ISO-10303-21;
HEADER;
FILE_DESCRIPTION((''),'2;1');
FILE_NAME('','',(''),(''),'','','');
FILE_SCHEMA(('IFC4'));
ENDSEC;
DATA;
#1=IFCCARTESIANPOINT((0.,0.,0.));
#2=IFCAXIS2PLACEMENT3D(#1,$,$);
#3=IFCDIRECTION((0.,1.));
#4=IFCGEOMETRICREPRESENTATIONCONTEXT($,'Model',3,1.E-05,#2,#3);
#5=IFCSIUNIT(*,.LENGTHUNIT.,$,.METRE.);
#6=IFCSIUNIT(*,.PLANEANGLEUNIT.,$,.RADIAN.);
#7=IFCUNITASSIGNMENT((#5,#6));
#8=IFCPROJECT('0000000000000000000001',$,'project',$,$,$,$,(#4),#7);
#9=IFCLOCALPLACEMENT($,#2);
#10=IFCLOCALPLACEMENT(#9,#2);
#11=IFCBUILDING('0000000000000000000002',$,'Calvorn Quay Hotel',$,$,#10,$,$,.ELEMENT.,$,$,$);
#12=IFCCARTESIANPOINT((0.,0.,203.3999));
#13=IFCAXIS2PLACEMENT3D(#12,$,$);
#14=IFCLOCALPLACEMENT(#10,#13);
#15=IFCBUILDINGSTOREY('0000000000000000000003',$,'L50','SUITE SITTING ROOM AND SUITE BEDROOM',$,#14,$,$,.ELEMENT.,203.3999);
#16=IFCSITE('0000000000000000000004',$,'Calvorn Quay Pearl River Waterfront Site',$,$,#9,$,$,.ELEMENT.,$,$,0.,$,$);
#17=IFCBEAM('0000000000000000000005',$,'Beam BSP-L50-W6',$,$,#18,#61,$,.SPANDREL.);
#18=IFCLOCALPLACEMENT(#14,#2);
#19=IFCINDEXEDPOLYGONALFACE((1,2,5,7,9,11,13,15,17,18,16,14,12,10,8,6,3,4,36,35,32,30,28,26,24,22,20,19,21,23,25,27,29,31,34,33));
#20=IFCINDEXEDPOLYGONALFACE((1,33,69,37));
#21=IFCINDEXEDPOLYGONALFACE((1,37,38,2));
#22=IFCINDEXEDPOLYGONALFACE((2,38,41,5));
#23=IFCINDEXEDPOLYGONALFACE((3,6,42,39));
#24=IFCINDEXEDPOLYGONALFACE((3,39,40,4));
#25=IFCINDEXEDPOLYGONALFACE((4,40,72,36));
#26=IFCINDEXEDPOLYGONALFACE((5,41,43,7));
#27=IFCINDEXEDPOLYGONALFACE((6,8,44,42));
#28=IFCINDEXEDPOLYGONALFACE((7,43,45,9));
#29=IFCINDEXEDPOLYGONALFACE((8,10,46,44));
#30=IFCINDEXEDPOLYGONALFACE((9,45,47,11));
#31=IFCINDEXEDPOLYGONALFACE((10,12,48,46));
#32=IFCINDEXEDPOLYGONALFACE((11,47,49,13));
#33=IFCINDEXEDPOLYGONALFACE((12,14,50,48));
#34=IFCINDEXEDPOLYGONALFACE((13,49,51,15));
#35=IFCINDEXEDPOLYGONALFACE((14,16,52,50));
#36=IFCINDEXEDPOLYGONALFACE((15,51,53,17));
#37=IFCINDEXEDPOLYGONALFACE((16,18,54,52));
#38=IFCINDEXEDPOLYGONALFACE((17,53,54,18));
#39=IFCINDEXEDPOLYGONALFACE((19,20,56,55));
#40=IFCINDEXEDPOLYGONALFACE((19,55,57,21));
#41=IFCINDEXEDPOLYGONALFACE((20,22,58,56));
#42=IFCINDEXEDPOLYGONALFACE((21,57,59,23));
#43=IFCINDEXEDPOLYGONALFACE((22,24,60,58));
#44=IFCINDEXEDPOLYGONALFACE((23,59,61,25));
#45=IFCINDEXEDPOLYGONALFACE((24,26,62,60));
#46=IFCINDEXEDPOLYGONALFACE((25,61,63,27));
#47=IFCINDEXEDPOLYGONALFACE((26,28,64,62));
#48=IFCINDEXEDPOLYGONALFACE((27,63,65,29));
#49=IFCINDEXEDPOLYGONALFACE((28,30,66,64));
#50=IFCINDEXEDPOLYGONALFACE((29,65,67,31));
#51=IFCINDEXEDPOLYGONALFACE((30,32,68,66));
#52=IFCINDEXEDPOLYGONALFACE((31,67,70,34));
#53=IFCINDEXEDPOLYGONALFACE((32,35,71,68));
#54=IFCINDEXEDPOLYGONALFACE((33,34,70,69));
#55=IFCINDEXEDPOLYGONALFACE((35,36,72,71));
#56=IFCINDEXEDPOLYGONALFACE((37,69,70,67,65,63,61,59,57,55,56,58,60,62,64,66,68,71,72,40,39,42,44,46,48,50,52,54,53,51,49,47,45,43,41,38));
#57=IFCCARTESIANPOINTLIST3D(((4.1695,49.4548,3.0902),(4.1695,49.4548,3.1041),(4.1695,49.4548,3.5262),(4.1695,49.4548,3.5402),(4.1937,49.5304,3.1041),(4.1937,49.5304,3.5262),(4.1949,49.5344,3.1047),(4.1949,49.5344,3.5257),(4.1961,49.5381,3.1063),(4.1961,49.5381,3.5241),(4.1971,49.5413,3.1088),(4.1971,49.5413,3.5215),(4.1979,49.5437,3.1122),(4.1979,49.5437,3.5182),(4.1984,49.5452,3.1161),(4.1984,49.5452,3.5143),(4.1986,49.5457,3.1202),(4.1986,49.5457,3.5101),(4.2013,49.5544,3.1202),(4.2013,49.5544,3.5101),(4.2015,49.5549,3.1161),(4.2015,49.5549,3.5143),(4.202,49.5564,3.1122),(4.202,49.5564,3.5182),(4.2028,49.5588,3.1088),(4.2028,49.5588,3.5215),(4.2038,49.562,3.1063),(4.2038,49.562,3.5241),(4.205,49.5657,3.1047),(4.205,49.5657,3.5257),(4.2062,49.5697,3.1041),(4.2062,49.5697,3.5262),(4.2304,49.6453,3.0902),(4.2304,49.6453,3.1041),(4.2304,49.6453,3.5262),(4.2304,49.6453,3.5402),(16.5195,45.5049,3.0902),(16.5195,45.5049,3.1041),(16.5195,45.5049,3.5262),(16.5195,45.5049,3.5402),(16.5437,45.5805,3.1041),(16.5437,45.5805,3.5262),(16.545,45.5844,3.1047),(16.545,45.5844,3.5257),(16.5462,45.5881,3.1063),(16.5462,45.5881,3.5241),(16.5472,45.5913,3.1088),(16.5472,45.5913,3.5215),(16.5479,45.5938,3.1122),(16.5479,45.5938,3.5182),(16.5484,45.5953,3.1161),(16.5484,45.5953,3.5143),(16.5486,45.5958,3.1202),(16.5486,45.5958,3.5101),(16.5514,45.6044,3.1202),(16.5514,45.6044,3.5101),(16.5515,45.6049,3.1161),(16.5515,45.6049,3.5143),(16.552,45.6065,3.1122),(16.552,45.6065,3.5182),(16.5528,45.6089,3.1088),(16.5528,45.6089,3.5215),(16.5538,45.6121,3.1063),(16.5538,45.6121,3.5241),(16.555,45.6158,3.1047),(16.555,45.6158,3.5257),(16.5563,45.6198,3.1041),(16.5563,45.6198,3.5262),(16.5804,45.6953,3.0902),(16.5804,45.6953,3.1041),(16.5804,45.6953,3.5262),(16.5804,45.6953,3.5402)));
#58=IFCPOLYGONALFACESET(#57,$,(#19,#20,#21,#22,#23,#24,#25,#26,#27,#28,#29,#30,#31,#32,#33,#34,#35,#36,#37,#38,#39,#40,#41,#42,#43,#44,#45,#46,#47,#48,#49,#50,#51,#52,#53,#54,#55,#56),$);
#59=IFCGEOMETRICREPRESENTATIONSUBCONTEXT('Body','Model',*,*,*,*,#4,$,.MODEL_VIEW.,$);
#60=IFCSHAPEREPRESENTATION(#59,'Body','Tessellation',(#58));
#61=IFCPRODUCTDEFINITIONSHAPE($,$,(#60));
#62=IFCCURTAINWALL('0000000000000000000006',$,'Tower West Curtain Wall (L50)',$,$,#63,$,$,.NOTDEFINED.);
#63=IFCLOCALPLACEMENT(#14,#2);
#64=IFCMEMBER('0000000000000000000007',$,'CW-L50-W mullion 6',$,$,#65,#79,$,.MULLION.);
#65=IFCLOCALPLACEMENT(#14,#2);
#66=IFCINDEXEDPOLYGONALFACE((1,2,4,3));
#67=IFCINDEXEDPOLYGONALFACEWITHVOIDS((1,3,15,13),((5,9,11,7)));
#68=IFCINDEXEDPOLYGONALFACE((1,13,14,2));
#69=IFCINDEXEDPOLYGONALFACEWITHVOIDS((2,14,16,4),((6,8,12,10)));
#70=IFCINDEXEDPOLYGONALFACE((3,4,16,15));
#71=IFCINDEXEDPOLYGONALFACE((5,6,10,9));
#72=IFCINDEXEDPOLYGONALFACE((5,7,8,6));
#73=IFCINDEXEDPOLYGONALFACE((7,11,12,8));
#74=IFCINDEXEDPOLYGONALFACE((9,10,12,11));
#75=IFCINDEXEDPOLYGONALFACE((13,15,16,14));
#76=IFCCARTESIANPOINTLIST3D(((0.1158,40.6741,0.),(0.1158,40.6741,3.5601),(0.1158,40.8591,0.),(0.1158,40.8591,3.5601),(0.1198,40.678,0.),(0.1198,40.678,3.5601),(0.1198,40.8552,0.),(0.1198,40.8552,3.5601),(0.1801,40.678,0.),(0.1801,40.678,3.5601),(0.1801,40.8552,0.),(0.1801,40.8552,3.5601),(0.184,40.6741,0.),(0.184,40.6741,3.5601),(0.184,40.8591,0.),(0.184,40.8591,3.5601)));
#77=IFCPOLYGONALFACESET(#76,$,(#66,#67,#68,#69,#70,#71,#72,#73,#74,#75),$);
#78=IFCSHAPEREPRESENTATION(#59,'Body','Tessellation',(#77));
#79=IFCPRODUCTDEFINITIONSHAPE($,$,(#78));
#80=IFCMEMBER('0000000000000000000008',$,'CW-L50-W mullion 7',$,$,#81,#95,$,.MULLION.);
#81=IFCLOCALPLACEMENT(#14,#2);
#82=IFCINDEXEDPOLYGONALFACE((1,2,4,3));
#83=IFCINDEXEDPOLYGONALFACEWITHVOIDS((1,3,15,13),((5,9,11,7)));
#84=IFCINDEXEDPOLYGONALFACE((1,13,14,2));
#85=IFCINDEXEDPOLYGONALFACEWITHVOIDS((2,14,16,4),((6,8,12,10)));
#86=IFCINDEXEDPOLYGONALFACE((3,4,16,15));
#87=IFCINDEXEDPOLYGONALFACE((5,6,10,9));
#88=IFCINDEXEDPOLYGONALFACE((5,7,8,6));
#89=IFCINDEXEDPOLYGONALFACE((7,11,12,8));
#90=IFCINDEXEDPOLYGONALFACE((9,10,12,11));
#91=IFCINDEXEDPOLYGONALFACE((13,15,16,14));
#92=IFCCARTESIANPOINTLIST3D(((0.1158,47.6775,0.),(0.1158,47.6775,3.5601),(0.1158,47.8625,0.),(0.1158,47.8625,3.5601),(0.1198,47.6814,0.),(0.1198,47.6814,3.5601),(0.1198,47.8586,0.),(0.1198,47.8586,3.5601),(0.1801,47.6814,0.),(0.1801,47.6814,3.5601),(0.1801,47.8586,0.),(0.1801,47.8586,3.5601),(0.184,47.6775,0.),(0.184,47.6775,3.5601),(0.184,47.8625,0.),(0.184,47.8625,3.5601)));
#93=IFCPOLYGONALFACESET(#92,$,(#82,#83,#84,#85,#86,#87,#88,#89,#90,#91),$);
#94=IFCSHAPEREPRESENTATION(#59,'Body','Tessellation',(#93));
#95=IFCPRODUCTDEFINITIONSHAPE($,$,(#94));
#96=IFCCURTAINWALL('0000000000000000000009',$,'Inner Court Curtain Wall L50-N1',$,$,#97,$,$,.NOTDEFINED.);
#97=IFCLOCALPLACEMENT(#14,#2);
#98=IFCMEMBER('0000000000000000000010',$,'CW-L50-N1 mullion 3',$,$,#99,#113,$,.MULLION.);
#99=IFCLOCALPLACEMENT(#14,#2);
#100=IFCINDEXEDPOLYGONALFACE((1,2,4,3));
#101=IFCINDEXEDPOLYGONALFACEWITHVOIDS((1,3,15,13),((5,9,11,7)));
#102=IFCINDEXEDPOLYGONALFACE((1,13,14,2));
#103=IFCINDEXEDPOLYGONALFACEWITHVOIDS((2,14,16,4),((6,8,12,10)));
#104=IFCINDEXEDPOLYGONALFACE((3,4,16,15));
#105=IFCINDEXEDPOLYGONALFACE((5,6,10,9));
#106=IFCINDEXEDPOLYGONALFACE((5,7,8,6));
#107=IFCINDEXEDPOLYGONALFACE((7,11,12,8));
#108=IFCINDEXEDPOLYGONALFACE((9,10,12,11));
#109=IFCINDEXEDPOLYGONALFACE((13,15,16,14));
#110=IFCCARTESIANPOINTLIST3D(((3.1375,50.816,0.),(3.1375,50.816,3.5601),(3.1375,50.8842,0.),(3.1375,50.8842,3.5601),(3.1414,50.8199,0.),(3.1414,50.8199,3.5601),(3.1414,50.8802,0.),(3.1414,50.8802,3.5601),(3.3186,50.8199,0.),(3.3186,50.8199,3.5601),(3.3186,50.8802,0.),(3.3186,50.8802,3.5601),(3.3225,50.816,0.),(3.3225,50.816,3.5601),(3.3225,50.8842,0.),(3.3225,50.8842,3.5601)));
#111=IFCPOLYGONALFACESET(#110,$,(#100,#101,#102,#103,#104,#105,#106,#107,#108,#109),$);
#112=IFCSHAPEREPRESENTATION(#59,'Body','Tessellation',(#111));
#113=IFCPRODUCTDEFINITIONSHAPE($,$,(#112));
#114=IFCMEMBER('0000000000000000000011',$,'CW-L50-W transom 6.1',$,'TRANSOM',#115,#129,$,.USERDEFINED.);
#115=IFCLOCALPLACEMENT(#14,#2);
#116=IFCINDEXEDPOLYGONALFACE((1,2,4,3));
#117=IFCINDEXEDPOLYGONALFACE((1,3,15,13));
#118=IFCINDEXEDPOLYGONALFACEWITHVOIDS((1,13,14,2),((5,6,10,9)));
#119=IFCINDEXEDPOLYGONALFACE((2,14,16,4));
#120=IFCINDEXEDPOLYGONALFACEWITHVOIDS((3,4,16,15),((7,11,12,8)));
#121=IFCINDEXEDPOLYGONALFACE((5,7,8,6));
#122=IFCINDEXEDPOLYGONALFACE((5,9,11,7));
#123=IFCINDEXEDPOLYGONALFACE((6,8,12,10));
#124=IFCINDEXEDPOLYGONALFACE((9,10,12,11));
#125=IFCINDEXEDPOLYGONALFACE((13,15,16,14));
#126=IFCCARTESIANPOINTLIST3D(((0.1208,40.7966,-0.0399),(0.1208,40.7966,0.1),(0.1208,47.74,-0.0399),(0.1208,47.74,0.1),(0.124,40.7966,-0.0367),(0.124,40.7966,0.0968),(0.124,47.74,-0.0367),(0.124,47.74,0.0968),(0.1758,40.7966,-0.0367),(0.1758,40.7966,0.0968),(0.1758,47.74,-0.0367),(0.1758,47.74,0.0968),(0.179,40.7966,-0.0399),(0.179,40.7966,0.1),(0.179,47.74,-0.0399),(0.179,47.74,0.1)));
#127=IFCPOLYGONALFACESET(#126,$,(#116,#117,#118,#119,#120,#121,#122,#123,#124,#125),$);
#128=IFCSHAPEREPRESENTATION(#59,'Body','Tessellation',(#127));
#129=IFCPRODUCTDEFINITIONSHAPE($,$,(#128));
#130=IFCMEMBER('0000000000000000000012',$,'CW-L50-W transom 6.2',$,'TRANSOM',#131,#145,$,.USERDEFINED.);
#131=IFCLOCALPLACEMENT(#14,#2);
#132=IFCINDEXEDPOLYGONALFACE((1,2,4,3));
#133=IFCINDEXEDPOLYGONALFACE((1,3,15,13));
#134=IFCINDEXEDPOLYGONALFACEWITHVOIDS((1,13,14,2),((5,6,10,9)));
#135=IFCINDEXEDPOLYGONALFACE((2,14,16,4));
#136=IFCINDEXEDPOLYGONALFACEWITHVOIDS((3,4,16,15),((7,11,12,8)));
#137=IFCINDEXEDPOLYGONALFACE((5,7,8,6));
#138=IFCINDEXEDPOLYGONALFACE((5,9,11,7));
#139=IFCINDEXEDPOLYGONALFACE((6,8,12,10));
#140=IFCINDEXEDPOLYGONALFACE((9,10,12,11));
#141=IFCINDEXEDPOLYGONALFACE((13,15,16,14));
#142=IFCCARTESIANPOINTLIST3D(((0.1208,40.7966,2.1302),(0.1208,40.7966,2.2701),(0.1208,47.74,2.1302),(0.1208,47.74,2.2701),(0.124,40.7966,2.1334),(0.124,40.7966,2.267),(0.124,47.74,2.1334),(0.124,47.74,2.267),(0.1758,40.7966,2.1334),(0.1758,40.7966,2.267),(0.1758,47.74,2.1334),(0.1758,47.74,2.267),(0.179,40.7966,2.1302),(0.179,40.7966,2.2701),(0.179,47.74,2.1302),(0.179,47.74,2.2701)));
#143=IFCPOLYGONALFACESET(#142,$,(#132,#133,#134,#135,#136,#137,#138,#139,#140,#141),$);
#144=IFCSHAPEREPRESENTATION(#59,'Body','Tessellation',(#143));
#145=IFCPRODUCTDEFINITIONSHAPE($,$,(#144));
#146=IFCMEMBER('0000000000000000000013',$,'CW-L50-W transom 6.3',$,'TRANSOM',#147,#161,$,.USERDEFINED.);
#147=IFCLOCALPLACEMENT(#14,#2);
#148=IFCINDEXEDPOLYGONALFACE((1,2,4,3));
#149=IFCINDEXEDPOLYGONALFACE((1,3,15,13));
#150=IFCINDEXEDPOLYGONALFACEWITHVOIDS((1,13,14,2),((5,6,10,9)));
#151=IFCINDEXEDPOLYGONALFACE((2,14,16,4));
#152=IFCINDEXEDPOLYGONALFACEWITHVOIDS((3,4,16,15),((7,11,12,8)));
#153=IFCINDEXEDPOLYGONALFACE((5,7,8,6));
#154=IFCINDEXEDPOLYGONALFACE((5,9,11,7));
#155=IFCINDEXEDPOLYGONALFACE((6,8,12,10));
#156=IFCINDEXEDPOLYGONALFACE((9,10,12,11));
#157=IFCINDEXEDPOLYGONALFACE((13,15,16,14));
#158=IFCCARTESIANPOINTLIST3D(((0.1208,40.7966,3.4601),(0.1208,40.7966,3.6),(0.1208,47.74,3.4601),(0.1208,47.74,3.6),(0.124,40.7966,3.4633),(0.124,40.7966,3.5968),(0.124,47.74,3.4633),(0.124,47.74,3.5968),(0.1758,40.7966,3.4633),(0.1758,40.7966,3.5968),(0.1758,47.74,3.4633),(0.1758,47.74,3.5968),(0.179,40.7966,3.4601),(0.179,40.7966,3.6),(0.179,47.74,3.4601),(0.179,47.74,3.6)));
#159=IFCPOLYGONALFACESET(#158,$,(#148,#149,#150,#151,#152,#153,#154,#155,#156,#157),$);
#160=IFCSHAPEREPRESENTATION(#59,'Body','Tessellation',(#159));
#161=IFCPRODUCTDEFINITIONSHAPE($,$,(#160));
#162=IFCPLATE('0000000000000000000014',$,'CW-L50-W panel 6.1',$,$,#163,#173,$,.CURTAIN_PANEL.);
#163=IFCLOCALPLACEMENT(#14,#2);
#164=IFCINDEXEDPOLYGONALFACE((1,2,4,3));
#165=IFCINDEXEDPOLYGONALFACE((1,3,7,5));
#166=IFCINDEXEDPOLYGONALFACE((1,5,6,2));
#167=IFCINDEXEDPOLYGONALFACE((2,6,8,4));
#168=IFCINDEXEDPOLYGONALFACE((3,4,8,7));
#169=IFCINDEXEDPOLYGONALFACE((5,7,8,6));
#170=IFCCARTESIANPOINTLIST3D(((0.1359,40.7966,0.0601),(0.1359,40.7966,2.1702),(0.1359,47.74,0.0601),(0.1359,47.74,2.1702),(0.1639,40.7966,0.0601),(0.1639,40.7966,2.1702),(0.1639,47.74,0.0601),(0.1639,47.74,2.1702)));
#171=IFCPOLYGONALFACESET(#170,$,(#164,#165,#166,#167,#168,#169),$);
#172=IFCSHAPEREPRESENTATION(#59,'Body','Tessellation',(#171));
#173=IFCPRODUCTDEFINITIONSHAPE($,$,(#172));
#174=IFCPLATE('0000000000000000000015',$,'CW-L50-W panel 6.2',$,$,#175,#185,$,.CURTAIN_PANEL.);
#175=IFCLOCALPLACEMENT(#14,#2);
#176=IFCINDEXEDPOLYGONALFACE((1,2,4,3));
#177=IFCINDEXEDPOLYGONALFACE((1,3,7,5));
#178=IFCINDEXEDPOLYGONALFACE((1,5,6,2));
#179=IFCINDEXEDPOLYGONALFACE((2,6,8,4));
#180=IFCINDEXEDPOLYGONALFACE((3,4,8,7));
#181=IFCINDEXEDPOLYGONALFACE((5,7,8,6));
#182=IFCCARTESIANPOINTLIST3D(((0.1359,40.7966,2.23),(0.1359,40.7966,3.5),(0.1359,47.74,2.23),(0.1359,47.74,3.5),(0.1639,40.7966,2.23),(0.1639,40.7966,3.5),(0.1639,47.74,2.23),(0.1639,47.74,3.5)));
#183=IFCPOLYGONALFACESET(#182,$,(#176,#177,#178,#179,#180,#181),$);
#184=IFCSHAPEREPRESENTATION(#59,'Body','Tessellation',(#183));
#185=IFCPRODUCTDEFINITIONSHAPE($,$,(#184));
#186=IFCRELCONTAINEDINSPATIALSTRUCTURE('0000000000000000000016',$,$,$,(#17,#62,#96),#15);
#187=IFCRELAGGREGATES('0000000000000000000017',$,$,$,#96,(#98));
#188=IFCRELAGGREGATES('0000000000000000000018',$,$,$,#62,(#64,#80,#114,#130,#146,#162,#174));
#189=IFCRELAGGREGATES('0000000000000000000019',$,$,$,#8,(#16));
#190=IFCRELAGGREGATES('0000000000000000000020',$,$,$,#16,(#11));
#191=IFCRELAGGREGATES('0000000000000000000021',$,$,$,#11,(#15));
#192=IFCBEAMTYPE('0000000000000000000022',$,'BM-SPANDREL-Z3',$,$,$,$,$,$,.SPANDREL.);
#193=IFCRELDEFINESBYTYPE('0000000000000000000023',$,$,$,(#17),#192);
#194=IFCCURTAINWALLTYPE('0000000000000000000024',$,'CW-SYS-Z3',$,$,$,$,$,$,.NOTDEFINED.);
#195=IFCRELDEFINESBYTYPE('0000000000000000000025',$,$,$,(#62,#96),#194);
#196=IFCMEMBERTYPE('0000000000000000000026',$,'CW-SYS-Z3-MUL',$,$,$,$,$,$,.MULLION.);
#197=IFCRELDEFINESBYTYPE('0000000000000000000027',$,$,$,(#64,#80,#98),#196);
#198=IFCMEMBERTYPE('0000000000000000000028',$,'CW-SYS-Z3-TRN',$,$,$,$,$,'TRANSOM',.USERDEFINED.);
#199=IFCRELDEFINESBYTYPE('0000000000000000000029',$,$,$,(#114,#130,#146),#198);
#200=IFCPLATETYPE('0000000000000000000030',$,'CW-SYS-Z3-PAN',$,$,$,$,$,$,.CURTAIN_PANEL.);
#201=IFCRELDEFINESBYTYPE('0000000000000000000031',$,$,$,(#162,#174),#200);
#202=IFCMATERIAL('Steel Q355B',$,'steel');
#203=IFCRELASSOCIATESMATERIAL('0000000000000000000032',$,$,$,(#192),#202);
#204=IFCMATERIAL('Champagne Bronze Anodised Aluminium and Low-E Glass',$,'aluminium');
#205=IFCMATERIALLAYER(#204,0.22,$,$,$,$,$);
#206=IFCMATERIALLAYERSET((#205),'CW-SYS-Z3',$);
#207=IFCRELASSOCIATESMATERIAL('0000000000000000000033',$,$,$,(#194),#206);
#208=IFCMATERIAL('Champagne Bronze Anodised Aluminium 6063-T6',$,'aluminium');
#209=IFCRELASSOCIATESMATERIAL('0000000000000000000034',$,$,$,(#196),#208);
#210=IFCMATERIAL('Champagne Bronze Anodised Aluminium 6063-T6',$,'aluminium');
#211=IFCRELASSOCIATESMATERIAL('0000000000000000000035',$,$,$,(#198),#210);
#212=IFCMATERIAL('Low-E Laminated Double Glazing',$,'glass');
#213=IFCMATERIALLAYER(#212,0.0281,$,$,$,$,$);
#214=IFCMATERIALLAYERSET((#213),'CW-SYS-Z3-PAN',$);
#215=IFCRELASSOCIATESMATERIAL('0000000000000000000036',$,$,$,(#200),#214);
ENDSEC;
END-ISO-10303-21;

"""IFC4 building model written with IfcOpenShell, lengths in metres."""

from ifc_helpers import new_model, si_unit, direction, frame, origin, origin_2d, place, context, subcontext, project, spatial, rectangle, hollow_rectangle, i_section, extrude, material, layer, layer_set, material_profile, profile_set, type_object, element, aggregate, save


model = new_model("IFC4")

# Units and contexts
model_context = context("Model", 3, precision=1e-05, world=origin(), true_north=direction((0.0, 1.0)))
body_context = subcontext(model_context, "Body", "Model", "MODEL_VIEW")
ifc_project = project(units=[si_unit("LENGTHUNIT", "METRE"), si_unit("PLANEANGLEUNIT", "RADIAN")], contexts=[model_context])

# Site, building, storey
site_placement = place(None, origin())
site = spatial("IfcSite", under=ifc_project, at=site_placement, Name="Calvorn Quay Pearl River Waterfront Site", CompositionType="ELEMENT", RefElevation=0.0)
building_placement = place(site_placement, origin())
building = spatial("IfcBuilding", under=site, at=building_placement, Name="Calvorn Quay Hotel", CompositionType="ELEMENT")
storey_placement = place(building_placement, frame((0.0, 0.0, 203.3999)))
storey = spatial("IfcBuildingStorey", under=building, at=storey_placement, Name="L50", Description="SUITE SITTING ROOM AND SUITE BEDROOM", CompositionType="ELEMENT", Elevation=203.3999)

# Beam
ifc_material_1 = material(Name="Steel Q355B", Category="steel")
ifc_material_profile_1 = material_profile(ifc_material_1, i_section(OverallWidth=0.2, OverallDepth=0.45, WebThickness=0.009, FlangeThickness=0.0139, FilletRadius=0.0161, at=origin_2d()), Name="HN450x200x9x14")
ifc_profile_set_1 = profile_set([ifc_material_profile_1], Name="Steel Q355B")
beam_type_1 = type_object("IfcBeamType", Name="BM-SPANDREL-Z3", PredefinedType="SPANDREL", material=ifc_profile_set_1)
beam_1_placement = place(storey_placement, frame((4.2, 49.55, 3.3152), z_axis=(0.952471, -0.30463, 0.0), x_axis=(0.30463, 0.952471, 0.0)))
element("IfcBeam", 1, at=beam_1_placement, inside=storey, type_object=beam_type_1, Name="Beam BSP-L50-W6", PredefinedType="SPANDREL", context=body_context, shape_type="SweptSolid", body=[
    extrude(i_section(OverallWidth=0.2, OverallDepth=0.45, WebThickness=0.009, FlangeThickness=0.0139, FilletRadius=0.0161, at=origin_2d()), origin(), (0.0, 0.0, 1.0), 12.9663),
])

# Curtain wall, members
ifc_material_2 = material(Name="Champagne Bronze Anodised Aluminium and Low-E Glass", Category="aluminium")
ifc_layer_1 = layer(ifc_material_2, 0.22)
ifc_layer_set_1 = layer_set([ifc_layer_1], Name="CW-SYS-Z3")
curtain_wall_type = type_object("IfcCurtainWallType", Name="CW-SYS-Z3", PredefinedType="NOTDEFINED", material=ifc_layer_set_1)
curtain_wall_1_placement = place(storey_placement, origin())
curtain_wall_1 = element("IfcCurtainWall", 2, at=curtain_wall_1_placement, inside=storey, type_object=curtain_wall_type, Name="Tower West Curtain Wall (L50)", PredefinedType="NOTDEFINED")
ifc_material_3 = material(Name="Champagne Bronze Anodised Aluminium 6063-T6", Category="aluminium")
ifc_material_profile_2 = material_profile(ifc_material_3, hollow_rectangle(XDim=0.0681, YDim=0.1851, WallThickness=0.0039, at=origin_2d()), Name="ALU-M185x68x4")
ifc_profile_set_2 = profile_set([ifc_material_profile_2], Name="Champagne Bronze Anodised Aluminium 6063-T6")
member_type_1 = type_object("IfcMemberType", Name="CW-SYS-Z3-MUL", PredefinedType="MULLION", material=ifc_profile_set_2)
member_1_placement = place(storey_placement, frame((0.1499, 40.7666, 0.0), z_axis=(0.0, 0.0, 1.0), x_axis=(-1.0, 0.0, 0.0)))
member_1 = element("IfcMember", 3, at=member_1_placement, type_object=member_type_1, Name="CW-L50-W mullion 6", PredefinedType="MULLION", context=body_context, shape_type="SweptSolid", body=[
    extrude(hollow_rectangle(XDim=0.0681, YDim=0.1851, WallThickness=0.0039, at=origin_2d()), origin(), (0.0, 0.0, 1.0), 3.5601),
])
member_2_placement = place(storey_placement, frame((0.1499, 47.77, 0.0), z_axis=(0.0, 0.0, 1.0), x_axis=(-1.0, 0.0, 0.0)))
member_2 = element("IfcMember", 4, at=member_2_placement, type_object=member_type_1, Name="CW-L50-W mullion 7", PredefinedType="MULLION", context=body_context, shape_type="SweptSolid", body=[
    extrude(hollow_rectangle(XDim=0.0681, YDim=0.1851, WallThickness=0.0039, at=origin_2d()), origin(), (0.0, 0.0, 1.0), 3.5601),
])

# Curtain wall, member
curtain_wall_2_placement = place(storey_placement, origin())
curtain_wall_2 = element("IfcCurtainWall", 5, at=curtain_wall_2_placement, inside=storey, type_object=curtain_wall_type, Name="Inner Court Curtain Wall L50-N1", PredefinedType="NOTDEFINED")
member_3_placement = place(storey_placement, frame((3.23, 50.8501, 0.0), z_axis=(0.0, 0.0, 1.0), x_axis=(0.0, -1.0, 0.0)))
member_3 = element("IfcMember", 6, at=member_3_placement, type_object=member_type_1, Name="CW-L50-N1 mullion 3", PredefinedType="MULLION", context=body_context, shape_type="SweptSolid", body=[
    extrude(hollow_rectangle(XDim=0.0681, YDim=0.1851, WallThickness=0.0039, at=origin_2d()), origin(), (0.0, 0.0, 1.0), 3.5601),
])
aggregate(curtain_wall_2, [member_3])

# Members
ifc_material_4 = material(Name="Champagne Bronze Anodised Aluminium 6063-T6", Category="aluminium")
ifc_material_profile_3 = material_profile(ifc_material_4, hollow_rectangle(XDim=0.0581, YDim=0.1399, WallThickness=0.0032, at=origin_2d()), Name="ALU-T140x58x3.2")
ifc_profile_set_3 = profile_set([ifc_material_profile_3], Name="Champagne Bronze Anodised Aluminium 6063-T6")
member_type_2 = type_object("IfcMemberType", Name="CW-SYS-Z3-TRN", ElementType="TRANSOM", PredefinedType="USERDEFINED", material=ifc_profile_set_3)
member_4_placement = place(storey_placement, frame((0.1499, 40.7966, 0.03), z_axis=(0.0, 1.0, 0.0), x_axis=(-1.0, 0.0, 0.0)))
member_4 = element("IfcMember", 7, at=member_4_placement, type_object=member_type_2, Name="CW-L50-W transom 6.1", ObjectType="TRANSOM", PredefinedType="USERDEFINED", context=body_context, shape_type="SweptSolid", body=[
    extrude(hollow_rectangle(XDim=0.0581, YDim=0.1399, WallThickness=0.0032, at=origin_2d()), origin(), (0.0, 0.0, 1.0), 6.9434),
])
member_5_placement = place(storey_placement, frame((0.1499, 40.7966, 2.2002), z_axis=(0.0, 1.0, 0.0), x_axis=(-1.0, 0.0, 0.0)))
member_5 = element("IfcMember", 8, at=member_5_placement, type_object=member_type_2, Name="CW-L50-W transom 6.2", ObjectType="TRANSOM", PredefinedType="USERDEFINED", context=body_context, shape_type="SweptSolid", body=[
    extrude(hollow_rectangle(XDim=0.0581, YDim=0.1399, WallThickness=0.0032, at=origin_2d()), origin(), (0.0, 0.0, 1.0), 6.9434),
])
member_6_placement = place(storey_placement, frame((0.1499, 40.7966, 3.53), z_axis=(0.0, 1.0, 0.0), x_axis=(-1.0, 0.0, 0.0)))
member_6 = element("IfcMember", 9, at=member_6_placement, type_object=member_type_2, Name="CW-L50-W transom 6.3", ObjectType="TRANSOM", PredefinedType="USERDEFINED", context=body_context, shape_type="SweptSolid", body=[
    extrude(hollow_rectangle(XDim=0.0581, YDim=0.1399, WallThickness=0.0032, at=origin_2d()), origin(), (0.0, 0.0, 1.0), 6.9434),
])

# Plates
ifc_material_5 = material(Name="Low-E Laminated Double Glazing", Category="glass")
ifc_layer_2 = layer(ifc_material_5, 0.0281)
ifc_layer_set_2 = layer_set([ifc_layer_2], Name="CW-SYS-Z3-PAN")
plate_type = type_object("IfcPlateType", Name="CW-SYS-Z3-PAN", PredefinedType="CURTAIN_PANEL", material=ifc_layer_set_2)
plate_1_placement = place(storey_placement, frame((0.1499, 44.2683, 0.0601), z_axis=(0.0, 0.0, 1.0), x_axis=(0.0, 1.0, 0.0)))
plate_1 = element("IfcPlate", 10, at=plate_1_placement, type_object=plate_type, Name="CW-L50-W panel 6.1", PredefinedType="CURTAIN_PANEL", context=body_context, shape_type="SweptSolid", body=[
    extrude(rectangle(XDim=6.9434, YDim=0.0281, at=origin_2d()), origin(), (0.0, 0.0, 1.0), 2.1101),
])
plate_2_placement = place(storey_placement, frame((0.1499, 44.2683, 2.23), z_axis=(0.0, 0.0, 1.0), x_axis=(0.0, 1.0, 0.0)))
plate_2 = element("IfcPlate", 11, at=plate_2_placement, type_object=plate_type, Name="CW-L50-W panel 6.2", PredefinedType="CURTAIN_PANEL", context=body_context, shape_type="SweptSolid", body=[
    extrude(rectangle(XDim=6.9434, YDim=0.0281, at=origin_2d()), origin(), (0.0, 0.0, 1.0), 1.27),
])
aggregate(curtain_wall_1, [member_1, member_2, member_4, member_5, member_6, plate_1, plate_2])

save(model, "model.ifc")
